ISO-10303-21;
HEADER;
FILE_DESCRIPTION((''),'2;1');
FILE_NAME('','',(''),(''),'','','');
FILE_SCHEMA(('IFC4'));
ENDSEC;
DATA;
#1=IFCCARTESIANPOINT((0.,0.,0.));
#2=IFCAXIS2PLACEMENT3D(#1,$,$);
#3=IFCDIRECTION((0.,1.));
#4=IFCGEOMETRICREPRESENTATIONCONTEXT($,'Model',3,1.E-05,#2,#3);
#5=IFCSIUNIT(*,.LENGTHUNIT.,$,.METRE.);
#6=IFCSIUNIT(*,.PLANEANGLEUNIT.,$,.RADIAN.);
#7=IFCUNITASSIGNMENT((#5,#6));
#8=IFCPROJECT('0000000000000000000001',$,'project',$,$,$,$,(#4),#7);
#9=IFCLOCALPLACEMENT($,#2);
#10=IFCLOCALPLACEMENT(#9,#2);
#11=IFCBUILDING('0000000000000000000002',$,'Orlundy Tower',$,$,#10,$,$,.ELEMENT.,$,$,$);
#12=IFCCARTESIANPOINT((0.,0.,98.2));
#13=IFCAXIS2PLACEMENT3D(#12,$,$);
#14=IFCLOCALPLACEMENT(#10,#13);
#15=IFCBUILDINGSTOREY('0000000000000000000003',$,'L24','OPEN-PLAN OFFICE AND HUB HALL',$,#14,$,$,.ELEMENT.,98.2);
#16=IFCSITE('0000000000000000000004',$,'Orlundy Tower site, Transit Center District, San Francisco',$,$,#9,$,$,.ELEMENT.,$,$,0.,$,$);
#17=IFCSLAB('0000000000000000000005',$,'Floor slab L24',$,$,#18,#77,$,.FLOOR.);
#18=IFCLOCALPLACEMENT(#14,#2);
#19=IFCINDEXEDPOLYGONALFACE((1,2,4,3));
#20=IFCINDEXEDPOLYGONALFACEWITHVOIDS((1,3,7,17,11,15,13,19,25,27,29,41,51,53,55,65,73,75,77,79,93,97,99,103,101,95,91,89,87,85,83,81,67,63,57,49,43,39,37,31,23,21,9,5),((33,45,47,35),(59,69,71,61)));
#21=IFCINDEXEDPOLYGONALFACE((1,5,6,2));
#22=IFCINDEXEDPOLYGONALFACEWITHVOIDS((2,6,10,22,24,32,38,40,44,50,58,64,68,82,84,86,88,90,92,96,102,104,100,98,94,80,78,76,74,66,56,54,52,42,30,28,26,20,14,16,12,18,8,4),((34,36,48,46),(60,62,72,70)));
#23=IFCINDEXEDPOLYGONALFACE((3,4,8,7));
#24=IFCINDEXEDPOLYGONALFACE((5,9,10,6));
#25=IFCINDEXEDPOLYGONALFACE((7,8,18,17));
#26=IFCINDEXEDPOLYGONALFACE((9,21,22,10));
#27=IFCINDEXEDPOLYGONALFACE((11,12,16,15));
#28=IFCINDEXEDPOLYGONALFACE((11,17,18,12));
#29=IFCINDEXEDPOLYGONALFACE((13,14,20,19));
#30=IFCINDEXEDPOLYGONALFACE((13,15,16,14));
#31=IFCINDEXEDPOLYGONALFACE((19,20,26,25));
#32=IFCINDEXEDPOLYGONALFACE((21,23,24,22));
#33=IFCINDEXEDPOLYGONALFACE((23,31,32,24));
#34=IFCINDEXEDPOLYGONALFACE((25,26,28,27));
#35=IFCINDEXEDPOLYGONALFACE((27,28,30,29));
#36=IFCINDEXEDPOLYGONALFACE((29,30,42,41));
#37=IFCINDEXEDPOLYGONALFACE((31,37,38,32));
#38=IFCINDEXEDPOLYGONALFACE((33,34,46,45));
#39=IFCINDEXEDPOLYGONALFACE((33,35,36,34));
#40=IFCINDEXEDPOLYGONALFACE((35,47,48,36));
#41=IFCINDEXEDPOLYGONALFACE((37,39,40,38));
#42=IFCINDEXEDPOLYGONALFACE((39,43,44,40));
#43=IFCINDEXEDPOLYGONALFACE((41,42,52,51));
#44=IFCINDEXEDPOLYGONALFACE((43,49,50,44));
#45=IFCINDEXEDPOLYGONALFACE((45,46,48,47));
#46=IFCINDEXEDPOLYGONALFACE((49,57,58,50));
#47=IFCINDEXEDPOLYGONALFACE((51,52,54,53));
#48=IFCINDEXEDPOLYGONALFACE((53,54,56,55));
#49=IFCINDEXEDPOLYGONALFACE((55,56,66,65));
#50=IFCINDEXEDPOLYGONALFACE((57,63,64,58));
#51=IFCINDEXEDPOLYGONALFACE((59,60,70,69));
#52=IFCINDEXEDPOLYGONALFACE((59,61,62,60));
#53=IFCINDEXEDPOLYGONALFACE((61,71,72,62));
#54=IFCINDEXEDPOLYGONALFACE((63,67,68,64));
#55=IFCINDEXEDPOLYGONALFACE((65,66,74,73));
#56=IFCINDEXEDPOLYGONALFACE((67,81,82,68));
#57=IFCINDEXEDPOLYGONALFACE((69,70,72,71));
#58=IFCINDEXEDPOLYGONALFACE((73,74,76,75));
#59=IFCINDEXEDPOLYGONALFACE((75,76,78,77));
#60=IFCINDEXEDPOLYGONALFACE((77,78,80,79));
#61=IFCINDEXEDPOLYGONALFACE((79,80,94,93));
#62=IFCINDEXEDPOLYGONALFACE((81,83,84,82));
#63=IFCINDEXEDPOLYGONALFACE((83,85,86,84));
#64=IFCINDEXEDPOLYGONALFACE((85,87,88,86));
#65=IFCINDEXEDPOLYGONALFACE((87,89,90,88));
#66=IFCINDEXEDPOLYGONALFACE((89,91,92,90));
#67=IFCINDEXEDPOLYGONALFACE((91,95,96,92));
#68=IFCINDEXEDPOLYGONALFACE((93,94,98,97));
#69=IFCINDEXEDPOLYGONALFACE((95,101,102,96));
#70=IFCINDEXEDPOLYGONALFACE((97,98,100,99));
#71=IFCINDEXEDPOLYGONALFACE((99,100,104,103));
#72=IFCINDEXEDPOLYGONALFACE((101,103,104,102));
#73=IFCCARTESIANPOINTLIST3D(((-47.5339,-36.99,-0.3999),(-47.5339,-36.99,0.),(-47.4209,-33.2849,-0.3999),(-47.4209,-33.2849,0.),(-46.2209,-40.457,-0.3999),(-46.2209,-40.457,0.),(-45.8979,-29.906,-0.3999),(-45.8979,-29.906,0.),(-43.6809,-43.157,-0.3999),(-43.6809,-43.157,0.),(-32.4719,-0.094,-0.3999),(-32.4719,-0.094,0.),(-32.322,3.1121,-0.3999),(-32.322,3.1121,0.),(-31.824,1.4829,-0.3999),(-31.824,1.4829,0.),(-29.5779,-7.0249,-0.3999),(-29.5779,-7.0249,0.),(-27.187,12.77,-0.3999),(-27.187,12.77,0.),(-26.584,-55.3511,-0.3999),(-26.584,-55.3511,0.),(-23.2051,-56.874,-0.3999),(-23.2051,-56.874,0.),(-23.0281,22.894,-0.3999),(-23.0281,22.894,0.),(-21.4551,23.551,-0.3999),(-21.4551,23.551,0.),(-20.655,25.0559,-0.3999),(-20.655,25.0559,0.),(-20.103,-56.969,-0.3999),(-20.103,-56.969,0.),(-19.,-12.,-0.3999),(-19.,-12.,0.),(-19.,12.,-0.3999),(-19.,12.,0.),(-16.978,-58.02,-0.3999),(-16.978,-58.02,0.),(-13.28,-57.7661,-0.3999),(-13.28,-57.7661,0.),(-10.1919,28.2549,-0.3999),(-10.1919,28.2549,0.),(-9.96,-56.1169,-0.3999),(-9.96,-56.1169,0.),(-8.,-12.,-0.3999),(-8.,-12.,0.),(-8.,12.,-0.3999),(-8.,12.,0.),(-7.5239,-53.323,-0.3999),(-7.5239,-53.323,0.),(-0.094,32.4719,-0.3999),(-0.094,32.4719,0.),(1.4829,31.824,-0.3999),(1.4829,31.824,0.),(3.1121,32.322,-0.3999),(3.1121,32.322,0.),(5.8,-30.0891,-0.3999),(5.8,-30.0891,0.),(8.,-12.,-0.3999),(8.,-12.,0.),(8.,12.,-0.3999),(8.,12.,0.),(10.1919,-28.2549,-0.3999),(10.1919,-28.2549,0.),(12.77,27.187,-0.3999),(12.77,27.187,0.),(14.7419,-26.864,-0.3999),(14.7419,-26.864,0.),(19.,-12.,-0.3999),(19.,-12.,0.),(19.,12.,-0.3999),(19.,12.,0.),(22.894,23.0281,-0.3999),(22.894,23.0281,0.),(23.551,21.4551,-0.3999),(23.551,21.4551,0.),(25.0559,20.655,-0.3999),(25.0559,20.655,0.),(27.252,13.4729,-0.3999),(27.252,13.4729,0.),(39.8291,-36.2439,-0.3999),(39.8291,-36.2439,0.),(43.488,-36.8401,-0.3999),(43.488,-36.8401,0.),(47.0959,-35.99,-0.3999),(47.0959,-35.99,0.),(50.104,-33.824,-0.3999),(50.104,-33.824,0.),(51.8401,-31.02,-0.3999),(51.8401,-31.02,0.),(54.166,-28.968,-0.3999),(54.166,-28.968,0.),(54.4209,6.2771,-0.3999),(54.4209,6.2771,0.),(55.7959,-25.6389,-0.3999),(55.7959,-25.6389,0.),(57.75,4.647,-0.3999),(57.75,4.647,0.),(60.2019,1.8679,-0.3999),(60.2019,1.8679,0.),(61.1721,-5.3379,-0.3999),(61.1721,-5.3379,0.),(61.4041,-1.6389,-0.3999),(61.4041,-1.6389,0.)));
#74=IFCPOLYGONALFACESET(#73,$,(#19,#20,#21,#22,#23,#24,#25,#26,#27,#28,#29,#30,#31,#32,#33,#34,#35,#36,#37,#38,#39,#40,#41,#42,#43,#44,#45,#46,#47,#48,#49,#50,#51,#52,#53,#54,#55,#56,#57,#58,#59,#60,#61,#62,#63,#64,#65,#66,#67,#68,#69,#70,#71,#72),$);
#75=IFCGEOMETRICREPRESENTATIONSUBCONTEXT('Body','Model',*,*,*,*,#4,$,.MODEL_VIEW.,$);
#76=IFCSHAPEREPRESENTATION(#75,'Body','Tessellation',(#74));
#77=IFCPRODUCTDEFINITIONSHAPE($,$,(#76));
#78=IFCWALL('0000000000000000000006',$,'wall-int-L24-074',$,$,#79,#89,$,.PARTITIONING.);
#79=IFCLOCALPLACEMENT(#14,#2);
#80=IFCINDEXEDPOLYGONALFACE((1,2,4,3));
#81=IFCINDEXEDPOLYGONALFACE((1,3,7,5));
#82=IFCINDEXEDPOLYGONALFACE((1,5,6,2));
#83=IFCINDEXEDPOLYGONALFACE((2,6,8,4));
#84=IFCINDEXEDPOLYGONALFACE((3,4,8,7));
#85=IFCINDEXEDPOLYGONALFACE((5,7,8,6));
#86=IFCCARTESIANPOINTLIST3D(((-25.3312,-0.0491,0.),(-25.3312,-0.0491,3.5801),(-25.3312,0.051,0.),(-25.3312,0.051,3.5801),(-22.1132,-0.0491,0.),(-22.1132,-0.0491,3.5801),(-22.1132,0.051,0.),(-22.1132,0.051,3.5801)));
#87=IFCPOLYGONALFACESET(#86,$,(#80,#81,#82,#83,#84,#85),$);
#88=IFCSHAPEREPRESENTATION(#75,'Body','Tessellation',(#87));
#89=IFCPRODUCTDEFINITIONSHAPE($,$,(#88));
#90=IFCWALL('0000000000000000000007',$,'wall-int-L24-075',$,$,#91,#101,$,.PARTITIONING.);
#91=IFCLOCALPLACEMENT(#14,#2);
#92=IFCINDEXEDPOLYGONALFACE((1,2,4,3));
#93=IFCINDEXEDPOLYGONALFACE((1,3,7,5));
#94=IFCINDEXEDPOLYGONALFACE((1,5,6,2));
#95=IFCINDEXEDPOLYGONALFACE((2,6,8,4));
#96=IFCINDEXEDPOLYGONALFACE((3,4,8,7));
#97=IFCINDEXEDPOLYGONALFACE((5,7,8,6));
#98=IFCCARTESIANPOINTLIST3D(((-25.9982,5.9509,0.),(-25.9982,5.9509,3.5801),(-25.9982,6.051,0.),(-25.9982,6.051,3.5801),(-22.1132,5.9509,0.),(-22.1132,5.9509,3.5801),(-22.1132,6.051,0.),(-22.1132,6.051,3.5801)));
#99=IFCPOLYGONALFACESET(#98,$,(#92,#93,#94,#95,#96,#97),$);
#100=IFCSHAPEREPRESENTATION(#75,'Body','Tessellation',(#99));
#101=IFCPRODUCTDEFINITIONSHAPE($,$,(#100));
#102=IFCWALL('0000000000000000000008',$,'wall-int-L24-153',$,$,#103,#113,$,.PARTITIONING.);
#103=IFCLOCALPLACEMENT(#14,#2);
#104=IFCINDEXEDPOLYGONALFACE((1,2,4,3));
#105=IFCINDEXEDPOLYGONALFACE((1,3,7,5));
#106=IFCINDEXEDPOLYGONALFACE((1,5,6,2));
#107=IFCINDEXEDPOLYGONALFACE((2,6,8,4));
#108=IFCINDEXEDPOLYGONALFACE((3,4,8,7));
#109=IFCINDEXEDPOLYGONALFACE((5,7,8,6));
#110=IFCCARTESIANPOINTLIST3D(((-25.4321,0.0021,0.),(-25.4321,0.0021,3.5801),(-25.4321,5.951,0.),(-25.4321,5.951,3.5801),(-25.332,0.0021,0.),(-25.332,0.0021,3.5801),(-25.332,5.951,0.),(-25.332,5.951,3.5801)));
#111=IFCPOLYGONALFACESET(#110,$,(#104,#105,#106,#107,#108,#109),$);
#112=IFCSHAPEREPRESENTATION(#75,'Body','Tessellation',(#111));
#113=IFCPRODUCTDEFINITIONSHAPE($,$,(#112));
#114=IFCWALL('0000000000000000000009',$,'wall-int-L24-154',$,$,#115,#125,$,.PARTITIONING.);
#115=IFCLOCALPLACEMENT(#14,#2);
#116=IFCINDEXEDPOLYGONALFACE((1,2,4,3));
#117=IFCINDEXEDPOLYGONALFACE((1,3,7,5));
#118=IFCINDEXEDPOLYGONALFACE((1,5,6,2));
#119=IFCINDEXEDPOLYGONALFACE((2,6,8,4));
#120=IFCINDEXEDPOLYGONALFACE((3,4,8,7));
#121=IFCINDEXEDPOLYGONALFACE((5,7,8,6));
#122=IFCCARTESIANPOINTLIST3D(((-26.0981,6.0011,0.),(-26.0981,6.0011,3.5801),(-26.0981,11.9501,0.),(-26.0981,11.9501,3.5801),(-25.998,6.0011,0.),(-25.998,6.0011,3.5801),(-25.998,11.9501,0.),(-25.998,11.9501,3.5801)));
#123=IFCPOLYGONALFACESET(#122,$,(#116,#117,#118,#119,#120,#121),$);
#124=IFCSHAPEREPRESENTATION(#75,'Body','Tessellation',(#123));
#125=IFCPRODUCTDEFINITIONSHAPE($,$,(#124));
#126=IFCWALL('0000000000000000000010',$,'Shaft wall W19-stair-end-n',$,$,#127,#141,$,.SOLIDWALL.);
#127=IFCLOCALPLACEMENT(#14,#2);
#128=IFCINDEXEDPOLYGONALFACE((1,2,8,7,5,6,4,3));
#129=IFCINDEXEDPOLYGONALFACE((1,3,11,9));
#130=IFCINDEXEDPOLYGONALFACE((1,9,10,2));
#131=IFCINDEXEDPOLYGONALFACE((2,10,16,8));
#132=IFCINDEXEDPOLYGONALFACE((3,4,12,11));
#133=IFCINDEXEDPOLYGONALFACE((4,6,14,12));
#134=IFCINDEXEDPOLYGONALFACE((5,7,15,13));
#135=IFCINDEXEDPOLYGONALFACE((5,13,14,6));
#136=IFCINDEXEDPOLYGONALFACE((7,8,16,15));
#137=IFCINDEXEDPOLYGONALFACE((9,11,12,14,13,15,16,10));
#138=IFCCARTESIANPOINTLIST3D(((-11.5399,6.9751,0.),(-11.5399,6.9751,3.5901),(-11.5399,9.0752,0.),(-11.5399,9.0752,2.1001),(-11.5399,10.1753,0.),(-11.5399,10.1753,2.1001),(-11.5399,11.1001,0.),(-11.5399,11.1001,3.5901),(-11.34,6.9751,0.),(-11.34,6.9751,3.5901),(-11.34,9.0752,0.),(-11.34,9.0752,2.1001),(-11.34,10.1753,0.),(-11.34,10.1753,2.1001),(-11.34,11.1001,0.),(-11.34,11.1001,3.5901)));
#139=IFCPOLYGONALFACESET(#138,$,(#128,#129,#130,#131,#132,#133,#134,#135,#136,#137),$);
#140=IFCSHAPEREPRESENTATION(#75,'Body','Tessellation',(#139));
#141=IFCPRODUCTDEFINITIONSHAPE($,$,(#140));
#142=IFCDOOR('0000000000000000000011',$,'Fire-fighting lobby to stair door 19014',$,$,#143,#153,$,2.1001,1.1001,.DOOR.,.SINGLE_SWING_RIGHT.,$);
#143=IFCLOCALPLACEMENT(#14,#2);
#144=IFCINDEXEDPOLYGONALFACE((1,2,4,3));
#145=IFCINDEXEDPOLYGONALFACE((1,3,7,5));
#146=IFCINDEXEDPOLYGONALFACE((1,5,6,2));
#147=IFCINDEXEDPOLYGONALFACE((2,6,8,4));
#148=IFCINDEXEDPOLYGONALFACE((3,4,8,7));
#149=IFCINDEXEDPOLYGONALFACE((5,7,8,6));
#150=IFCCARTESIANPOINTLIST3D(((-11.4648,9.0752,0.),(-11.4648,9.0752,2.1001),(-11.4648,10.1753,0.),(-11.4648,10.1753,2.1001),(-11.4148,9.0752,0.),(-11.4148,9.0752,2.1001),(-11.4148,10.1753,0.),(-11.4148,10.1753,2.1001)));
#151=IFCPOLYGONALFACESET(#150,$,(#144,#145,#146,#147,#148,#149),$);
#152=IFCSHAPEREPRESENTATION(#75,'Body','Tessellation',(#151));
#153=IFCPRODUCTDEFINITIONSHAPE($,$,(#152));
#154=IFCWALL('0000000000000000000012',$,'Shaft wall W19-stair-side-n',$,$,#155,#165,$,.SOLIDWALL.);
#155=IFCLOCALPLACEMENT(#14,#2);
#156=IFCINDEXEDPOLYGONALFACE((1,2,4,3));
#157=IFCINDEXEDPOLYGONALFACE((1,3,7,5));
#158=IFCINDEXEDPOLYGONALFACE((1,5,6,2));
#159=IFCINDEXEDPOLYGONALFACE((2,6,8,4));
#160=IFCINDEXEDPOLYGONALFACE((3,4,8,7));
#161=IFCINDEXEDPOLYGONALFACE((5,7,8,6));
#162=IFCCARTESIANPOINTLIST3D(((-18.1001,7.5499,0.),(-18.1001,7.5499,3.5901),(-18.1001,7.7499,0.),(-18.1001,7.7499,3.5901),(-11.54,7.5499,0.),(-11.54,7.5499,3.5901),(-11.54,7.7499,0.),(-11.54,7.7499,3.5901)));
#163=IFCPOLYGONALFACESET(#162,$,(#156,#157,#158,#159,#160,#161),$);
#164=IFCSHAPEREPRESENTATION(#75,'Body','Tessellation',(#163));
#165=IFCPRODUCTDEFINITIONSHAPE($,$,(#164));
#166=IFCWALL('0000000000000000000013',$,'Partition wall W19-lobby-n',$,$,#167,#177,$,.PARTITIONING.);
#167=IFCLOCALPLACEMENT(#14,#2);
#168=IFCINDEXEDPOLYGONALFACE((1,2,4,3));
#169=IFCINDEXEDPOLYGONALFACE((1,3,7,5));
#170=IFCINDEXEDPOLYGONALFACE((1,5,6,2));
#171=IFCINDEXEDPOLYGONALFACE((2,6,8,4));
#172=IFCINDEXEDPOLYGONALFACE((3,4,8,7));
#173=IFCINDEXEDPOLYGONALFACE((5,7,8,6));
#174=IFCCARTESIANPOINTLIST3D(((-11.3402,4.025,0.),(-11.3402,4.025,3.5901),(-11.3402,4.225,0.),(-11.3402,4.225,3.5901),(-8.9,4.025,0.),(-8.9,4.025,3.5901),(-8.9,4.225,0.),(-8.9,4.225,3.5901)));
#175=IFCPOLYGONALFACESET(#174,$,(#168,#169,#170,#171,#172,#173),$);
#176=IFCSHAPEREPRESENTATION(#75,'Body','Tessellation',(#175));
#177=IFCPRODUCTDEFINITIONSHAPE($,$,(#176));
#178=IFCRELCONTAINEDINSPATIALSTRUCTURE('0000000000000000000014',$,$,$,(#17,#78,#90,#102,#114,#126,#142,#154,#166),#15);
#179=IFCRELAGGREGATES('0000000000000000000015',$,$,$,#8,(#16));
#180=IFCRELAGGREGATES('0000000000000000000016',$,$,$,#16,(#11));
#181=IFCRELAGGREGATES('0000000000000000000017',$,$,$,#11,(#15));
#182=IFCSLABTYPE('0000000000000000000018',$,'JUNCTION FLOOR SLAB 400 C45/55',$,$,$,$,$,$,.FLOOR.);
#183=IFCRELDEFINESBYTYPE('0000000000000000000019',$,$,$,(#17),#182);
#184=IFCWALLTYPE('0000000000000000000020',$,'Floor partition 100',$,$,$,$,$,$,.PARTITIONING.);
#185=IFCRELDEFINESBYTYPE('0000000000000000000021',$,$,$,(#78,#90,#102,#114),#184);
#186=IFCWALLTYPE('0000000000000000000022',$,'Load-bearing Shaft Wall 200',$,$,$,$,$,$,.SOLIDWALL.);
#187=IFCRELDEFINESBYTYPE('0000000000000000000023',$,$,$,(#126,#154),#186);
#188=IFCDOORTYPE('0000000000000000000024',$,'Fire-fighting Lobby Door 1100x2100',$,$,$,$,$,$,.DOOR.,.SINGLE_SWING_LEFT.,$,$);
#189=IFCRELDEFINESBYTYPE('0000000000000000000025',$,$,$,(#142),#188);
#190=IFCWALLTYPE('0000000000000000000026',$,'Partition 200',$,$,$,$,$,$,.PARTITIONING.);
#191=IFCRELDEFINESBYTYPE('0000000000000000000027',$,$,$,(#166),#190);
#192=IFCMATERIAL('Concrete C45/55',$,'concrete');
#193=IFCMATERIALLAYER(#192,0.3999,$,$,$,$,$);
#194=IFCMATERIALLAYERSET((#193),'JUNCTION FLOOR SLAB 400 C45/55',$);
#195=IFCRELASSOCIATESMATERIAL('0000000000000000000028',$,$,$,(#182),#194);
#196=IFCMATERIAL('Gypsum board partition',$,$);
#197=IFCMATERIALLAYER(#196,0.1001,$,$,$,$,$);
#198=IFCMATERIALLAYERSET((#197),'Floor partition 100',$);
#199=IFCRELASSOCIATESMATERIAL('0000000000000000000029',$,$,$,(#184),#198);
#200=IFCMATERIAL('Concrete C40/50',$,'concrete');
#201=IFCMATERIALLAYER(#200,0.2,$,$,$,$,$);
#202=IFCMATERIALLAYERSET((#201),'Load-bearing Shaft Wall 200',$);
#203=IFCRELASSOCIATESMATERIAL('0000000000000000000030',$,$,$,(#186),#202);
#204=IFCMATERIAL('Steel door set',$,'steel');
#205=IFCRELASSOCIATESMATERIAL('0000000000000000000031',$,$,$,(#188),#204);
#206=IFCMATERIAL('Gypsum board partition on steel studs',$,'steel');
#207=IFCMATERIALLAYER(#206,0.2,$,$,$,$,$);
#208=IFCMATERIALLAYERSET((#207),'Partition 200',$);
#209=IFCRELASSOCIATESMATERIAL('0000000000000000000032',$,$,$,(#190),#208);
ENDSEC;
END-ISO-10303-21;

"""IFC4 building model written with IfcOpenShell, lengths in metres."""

from ifc_helpers import new_model, si_unit, direction, frame, frame_2d, origin, place, context, subcontext, project, spatial, polyline, rectangle, outline, extrude, material, layer, layer_set, type_object, element, fill, save


model = new_model("IFC4")

# Units and contexts
model_context = context("Model", 3, precision=1e-05, world=origin(), true_north=direction((0.0, 1.0)))
body_context = subcontext(model_context, "Body", "Model", "MODEL_VIEW")
ifc_project = project(units=[si_unit("LENGTHUNIT", "METRE"), si_unit("PLANEANGLEUNIT", "RADIAN")], contexts=[model_context])

# Site, building, storey
site_placement = place(None, origin())
site = spatial("IfcSite", under=ifc_project, at=site_placement, Name="Orlundy Tower site, Transit Center District, San Francisco", CompositionType="ELEMENT", RefElevation=0.0)
building_placement = place(site_placement, origin())
building = spatial("IfcBuilding", under=site, at=building_placement, Name="Orlundy Tower", CompositionType="ELEMENT")
storey_placement = place(building_placement, frame((0.0, 0.0, 98.2)))
storey = spatial("IfcBuildingStorey", under=building, at=storey_placement, Name="L24", Description="OPEN-PLAN OFFICE AND HUB HALL", CompositionType="ELEMENT", Elevation=98.2)

# Slab
ifc_material_1 = material(Name="Concrete C45/55", Category="concrete")
ifc_layer_1 = layer(ifc_material_1, 0.3999)
ifc_layer_set_1 = layer_set([ifc_layer_1], Name="JUNCTION FLOOR SLAB 400 C45/55")
slab_type_1 = type_object("IfcSlabType", Name="JUNCTION FLOOR SLAB 400 C45/55", PredefinedType="FLOOR", material=ifc_layer_set_1)
slab_1_placement = place(storey_placement, frame((0.0, 0.0, -0.3999)))
element("IfcSlab", 1, at=slab_1_placement, inside=storey, type_object=slab_type_1, Name="Floor slab L24", PredefinedType="FLOOR", context=body_context, shape_type="SweptSolid", body=[
    extrude(outline(polyline([(-7.5239, -53.323), (-9.96, -56.1169), (-13.28, -57.7661), (-16.978, -58.02), (-20.103, -56.969), (-23.2051, -56.874), (-26.584, -55.3511), (-43.6809, -43.157), (-46.2209, -40.457), (-47.5339, -36.99), (-47.4209, -33.2849), (-45.8979, -29.906), (-29.5779, -7.0249), (-32.4719, -0.094), (-31.824, 1.4829), (-32.322, 3.1121), (-27.187, 12.77), (-23.0281, 22.894), (-21.4551, 23.551), (-20.655, 25.0559), (-10.1919, 28.2549), (-0.094, 32.4719), (1.4829, 31.824), (3.1121, 32.322), (12.77, 27.187), (22.894, 23.0281), (23.551, 21.4551), (25.0559, 20.655), (27.252, 13.4729), (54.4209, 6.2771), (57.75, 4.647), (60.2019, 1.8679), (61.4041, -1.6389), (61.1721, -5.3379), (55.7959, -25.6389), (54.166, -28.968), (51.8401, -31.02), (50.104, -33.824), (47.0959, -35.99), (43.488, -36.8401), (39.8291, -36.2439), (14.7419, -26.864), (10.1919, -28.2549), (5.8, -30.0891), (-7.5239, -53.323)]), holes=[polyline([(-8.0, -12.0), (-8.0, 12.0), (-19.0, 12.0), (-19.0, -12.0), (-8.0, -12.0)]), polyline([(19.0, -12.0), (19.0, 12.0), (8.0, 12.0), (8.0, -12.0), (19.0, -12.0)])]), origin(), (0.0, 0.0, 1.0), 0.3999),
])

# Walls
ifc_material_2 = material(Name="Gypsum board partition")
ifc_layer_2 = layer(ifc_material_2, 0.1001)
ifc_layer_set_2 = layer_set([ifc_layer_2], Name="Floor partition 100")
wall_type_1 = type_object("IfcWallType", Name="Floor partition 100", PredefinedType="PARTITIONING", material=ifc_layer_set_2)
wall_1_placement = place(storey_placement, frame((-25.3311, 0.001, 0.0), z_axis=(0.0, 0.0, 1.0), x_axis=(1.0, 0.0, 0.0)))
element("IfcWall", 2, at=wall_1_placement, inside=storey, type_object=wall_type_1, Name="wall-int-L24-074", PredefinedType="PARTITIONING", context=body_context, shape_type="SweptSolid", body=[
    extrude(rectangle(XDim=3.218, YDim=0.1001, at=frame_2d((1.6089, 0.0))), origin(), (0.0, 0.0, 1.0), 3.5801),
])
wall_2_placement = place(storey_placement, frame((-25.998, 6.001, 0.0), z_axis=(0.0, 0.0, 1.0), x_axis=(1.0, 0.0, 0.0)))
element("IfcWall", 3, at=wall_2_placement, inside=storey, type_object=wall_type_1, Name="wall-int-L24-075", PredefinedType="PARTITIONING", context=body_context, shape_type="SweptSolid", body=[
    extrude(rectangle(XDim=3.885, YDim=0.1001, at=frame_2d((1.9424, 0.0))), origin(), (0.0, 0.0, 1.0), 3.5801),
])
for number, where, z_axis, x_axis, name in (
    (4, (-25.3821, 0.002, 0.0), (0.0, 0.0, 1.0), (0.0, 1.0, 0.0), "wall-int-L24-153"),
    (5, (-26.0481, 6.001, 0.0), (0.0, 0.0, 1.0), (0.0, 1.0, 0.0), "wall-int-L24-154"),
):
    element("IfcWall", number, at=place(storey_placement, frame(where, z_axis=z_axis, x_axis=x_axis)), inside=storey, type_object=wall_type_1, Name=name, PredefinedType="PARTITIONING", context=body_context, shape_type="SweptSolid", body=[
        extrude(rectangle(XDim=5.949, YDim=0.1001, at=frame_2d((2.9746, 0.0))), origin(), (0.0, 0.0, 1.0), 3.5801),
    ])

# Wall, opening, door
ifc_material_3 = material(Name="Concrete C40/50", Category="concrete")
ifc_layer_3 = layer(ifc_material_3, 0.2)
ifc_layer_set_3 = layer_set([ifc_layer_3], Name="Load-bearing Shaft Wall 200")
wall_type_2 = type_object("IfcWallType", Name="Load-bearing Shaft Wall 200", PredefinedType="SOLIDWALL", material=ifc_layer_set_3)
wall_3_placement = place(storey_placement, frame((-11.4399, 6.9751, 0.0), z_axis=(0.0, 0.0, 1.0), x_axis=(0.0, 1.0, 0.0)))
wall_3 = element("IfcWall", 6, at=wall_3_placement, inside=storey, type_object=wall_type_2, Name="Shaft wall W19-stair-end-n", PredefinedType="SOLIDWALL", context=body_context, shape_type="SweptSolid", body=[
    extrude(rectangle(XDim=4.125, YDim=0.2, at=frame_2d((2.0625, 0.0))), origin(), (0.0, 0.0, 1.0), 3.5901),
])
opening_1_placement = place(wall_3_placement, frame((2.1001, 0.0, 0.0)))
opening_1 = element("IfcOpeningElement", 7, at=opening_1_placement, cuts=wall_3, PredefinedType="OPENING", context=body_context, shape_type="SweptSolid", body=[
    extrude(rectangle(XDim=1.1001, YDim=2.1001, at=frame_2d((0.55, 1.05))), frame((0.0, 0.1101, 0.0), z_axis=(0.0, -1.0, 0.0), x_axis=(1.0, 0.0, 0.0)), (0.0, 0.0, 1.0), 0.2202),
])
ifc_material_4 = material(Name="Steel door set", Category="steel")
door_type_1 = type_object("IfcDoorType", Name="Fire-fighting Lobby Door 1100x2100", OperationType="SINGLE_SWING_LEFT", PredefinedType="DOOR", material=ifc_material_4)
door_1_placement = place(opening_1_placement, origin())
door_1 = element("IfcDoor", 8, at=door_1_placement, inside=storey, type_object=door_type_1, Name="Fire-fighting lobby to stair door 19014", OperationType="SINGLE_SWING_RIGHT", OverallHeight=2.1001, OverallWidth=1.1001, PredefinedType="DOOR", context=body_context, shape_type="SweptSolid", body=[
    extrude(rectangle(XDim=1.1001, YDim=2.1001, at=frame_2d((0.55, 1.05))), frame((0.0, 0.0249, 0.0), z_axis=(0.0, -1.0, 0.0), x_axis=(1.0, 0.0, 0.0)), (0.0, 0.0, 1.0), 0.05),
])
fill(opening_1, door_1)

# Walls
wall_4_placement = place(storey_placement, frame((-11.54, 7.6499, 0.0), z_axis=(0.0, 0.0, 1.0), x_axis=(-1.0, 0.0, 0.0)))
element("IfcWall", 9, at=wall_4_placement, inside=storey, type_object=wall_type_2, Name="Shaft wall W19-stair-side-n", PredefinedType="SOLIDWALL", context=body_context, shape_type="SweptSolid", body=[
    extrude(rectangle(XDim=6.5601, YDim=0.2, at=frame_2d((3.28, 0.0))), origin(), (0.0, 0.0, 1.0), 3.5901),
])
ifc_material_5 = material(Name="Gypsum board partition on steel studs", Category="steel")
ifc_layer_4 = layer(ifc_material_5, 0.2)
ifc_layer_set_4 = layer_set([ifc_layer_4], Name="Partition 200")
wall_type_3 = type_object("IfcWallType", Name="Partition 200", PredefinedType="PARTITIONING", material=ifc_layer_set_4)
wall_5_placement = place(storey_placement, frame((-8.8999, 4.125, 0.0), z_axis=(0.0, 0.0, 1.0), x_axis=(-1.0, 0.0, 0.0)))
element("IfcWall", 10, at=wall_5_placement, inside=storey, type_object=wall_type_3, Name="Partition wall W19-lobby-n", PredefinedType="PARTITIONING", context=body_context, shape_type="SweptSolid", body=[
    extrude(rectangle(XDim=2.4402, YDim=0.2, at=frame_2d((1.2202, 0.0))), origin(), (0.0, 0.0, 1.0), 3.5901),
])

save(model, "model.ifc")
